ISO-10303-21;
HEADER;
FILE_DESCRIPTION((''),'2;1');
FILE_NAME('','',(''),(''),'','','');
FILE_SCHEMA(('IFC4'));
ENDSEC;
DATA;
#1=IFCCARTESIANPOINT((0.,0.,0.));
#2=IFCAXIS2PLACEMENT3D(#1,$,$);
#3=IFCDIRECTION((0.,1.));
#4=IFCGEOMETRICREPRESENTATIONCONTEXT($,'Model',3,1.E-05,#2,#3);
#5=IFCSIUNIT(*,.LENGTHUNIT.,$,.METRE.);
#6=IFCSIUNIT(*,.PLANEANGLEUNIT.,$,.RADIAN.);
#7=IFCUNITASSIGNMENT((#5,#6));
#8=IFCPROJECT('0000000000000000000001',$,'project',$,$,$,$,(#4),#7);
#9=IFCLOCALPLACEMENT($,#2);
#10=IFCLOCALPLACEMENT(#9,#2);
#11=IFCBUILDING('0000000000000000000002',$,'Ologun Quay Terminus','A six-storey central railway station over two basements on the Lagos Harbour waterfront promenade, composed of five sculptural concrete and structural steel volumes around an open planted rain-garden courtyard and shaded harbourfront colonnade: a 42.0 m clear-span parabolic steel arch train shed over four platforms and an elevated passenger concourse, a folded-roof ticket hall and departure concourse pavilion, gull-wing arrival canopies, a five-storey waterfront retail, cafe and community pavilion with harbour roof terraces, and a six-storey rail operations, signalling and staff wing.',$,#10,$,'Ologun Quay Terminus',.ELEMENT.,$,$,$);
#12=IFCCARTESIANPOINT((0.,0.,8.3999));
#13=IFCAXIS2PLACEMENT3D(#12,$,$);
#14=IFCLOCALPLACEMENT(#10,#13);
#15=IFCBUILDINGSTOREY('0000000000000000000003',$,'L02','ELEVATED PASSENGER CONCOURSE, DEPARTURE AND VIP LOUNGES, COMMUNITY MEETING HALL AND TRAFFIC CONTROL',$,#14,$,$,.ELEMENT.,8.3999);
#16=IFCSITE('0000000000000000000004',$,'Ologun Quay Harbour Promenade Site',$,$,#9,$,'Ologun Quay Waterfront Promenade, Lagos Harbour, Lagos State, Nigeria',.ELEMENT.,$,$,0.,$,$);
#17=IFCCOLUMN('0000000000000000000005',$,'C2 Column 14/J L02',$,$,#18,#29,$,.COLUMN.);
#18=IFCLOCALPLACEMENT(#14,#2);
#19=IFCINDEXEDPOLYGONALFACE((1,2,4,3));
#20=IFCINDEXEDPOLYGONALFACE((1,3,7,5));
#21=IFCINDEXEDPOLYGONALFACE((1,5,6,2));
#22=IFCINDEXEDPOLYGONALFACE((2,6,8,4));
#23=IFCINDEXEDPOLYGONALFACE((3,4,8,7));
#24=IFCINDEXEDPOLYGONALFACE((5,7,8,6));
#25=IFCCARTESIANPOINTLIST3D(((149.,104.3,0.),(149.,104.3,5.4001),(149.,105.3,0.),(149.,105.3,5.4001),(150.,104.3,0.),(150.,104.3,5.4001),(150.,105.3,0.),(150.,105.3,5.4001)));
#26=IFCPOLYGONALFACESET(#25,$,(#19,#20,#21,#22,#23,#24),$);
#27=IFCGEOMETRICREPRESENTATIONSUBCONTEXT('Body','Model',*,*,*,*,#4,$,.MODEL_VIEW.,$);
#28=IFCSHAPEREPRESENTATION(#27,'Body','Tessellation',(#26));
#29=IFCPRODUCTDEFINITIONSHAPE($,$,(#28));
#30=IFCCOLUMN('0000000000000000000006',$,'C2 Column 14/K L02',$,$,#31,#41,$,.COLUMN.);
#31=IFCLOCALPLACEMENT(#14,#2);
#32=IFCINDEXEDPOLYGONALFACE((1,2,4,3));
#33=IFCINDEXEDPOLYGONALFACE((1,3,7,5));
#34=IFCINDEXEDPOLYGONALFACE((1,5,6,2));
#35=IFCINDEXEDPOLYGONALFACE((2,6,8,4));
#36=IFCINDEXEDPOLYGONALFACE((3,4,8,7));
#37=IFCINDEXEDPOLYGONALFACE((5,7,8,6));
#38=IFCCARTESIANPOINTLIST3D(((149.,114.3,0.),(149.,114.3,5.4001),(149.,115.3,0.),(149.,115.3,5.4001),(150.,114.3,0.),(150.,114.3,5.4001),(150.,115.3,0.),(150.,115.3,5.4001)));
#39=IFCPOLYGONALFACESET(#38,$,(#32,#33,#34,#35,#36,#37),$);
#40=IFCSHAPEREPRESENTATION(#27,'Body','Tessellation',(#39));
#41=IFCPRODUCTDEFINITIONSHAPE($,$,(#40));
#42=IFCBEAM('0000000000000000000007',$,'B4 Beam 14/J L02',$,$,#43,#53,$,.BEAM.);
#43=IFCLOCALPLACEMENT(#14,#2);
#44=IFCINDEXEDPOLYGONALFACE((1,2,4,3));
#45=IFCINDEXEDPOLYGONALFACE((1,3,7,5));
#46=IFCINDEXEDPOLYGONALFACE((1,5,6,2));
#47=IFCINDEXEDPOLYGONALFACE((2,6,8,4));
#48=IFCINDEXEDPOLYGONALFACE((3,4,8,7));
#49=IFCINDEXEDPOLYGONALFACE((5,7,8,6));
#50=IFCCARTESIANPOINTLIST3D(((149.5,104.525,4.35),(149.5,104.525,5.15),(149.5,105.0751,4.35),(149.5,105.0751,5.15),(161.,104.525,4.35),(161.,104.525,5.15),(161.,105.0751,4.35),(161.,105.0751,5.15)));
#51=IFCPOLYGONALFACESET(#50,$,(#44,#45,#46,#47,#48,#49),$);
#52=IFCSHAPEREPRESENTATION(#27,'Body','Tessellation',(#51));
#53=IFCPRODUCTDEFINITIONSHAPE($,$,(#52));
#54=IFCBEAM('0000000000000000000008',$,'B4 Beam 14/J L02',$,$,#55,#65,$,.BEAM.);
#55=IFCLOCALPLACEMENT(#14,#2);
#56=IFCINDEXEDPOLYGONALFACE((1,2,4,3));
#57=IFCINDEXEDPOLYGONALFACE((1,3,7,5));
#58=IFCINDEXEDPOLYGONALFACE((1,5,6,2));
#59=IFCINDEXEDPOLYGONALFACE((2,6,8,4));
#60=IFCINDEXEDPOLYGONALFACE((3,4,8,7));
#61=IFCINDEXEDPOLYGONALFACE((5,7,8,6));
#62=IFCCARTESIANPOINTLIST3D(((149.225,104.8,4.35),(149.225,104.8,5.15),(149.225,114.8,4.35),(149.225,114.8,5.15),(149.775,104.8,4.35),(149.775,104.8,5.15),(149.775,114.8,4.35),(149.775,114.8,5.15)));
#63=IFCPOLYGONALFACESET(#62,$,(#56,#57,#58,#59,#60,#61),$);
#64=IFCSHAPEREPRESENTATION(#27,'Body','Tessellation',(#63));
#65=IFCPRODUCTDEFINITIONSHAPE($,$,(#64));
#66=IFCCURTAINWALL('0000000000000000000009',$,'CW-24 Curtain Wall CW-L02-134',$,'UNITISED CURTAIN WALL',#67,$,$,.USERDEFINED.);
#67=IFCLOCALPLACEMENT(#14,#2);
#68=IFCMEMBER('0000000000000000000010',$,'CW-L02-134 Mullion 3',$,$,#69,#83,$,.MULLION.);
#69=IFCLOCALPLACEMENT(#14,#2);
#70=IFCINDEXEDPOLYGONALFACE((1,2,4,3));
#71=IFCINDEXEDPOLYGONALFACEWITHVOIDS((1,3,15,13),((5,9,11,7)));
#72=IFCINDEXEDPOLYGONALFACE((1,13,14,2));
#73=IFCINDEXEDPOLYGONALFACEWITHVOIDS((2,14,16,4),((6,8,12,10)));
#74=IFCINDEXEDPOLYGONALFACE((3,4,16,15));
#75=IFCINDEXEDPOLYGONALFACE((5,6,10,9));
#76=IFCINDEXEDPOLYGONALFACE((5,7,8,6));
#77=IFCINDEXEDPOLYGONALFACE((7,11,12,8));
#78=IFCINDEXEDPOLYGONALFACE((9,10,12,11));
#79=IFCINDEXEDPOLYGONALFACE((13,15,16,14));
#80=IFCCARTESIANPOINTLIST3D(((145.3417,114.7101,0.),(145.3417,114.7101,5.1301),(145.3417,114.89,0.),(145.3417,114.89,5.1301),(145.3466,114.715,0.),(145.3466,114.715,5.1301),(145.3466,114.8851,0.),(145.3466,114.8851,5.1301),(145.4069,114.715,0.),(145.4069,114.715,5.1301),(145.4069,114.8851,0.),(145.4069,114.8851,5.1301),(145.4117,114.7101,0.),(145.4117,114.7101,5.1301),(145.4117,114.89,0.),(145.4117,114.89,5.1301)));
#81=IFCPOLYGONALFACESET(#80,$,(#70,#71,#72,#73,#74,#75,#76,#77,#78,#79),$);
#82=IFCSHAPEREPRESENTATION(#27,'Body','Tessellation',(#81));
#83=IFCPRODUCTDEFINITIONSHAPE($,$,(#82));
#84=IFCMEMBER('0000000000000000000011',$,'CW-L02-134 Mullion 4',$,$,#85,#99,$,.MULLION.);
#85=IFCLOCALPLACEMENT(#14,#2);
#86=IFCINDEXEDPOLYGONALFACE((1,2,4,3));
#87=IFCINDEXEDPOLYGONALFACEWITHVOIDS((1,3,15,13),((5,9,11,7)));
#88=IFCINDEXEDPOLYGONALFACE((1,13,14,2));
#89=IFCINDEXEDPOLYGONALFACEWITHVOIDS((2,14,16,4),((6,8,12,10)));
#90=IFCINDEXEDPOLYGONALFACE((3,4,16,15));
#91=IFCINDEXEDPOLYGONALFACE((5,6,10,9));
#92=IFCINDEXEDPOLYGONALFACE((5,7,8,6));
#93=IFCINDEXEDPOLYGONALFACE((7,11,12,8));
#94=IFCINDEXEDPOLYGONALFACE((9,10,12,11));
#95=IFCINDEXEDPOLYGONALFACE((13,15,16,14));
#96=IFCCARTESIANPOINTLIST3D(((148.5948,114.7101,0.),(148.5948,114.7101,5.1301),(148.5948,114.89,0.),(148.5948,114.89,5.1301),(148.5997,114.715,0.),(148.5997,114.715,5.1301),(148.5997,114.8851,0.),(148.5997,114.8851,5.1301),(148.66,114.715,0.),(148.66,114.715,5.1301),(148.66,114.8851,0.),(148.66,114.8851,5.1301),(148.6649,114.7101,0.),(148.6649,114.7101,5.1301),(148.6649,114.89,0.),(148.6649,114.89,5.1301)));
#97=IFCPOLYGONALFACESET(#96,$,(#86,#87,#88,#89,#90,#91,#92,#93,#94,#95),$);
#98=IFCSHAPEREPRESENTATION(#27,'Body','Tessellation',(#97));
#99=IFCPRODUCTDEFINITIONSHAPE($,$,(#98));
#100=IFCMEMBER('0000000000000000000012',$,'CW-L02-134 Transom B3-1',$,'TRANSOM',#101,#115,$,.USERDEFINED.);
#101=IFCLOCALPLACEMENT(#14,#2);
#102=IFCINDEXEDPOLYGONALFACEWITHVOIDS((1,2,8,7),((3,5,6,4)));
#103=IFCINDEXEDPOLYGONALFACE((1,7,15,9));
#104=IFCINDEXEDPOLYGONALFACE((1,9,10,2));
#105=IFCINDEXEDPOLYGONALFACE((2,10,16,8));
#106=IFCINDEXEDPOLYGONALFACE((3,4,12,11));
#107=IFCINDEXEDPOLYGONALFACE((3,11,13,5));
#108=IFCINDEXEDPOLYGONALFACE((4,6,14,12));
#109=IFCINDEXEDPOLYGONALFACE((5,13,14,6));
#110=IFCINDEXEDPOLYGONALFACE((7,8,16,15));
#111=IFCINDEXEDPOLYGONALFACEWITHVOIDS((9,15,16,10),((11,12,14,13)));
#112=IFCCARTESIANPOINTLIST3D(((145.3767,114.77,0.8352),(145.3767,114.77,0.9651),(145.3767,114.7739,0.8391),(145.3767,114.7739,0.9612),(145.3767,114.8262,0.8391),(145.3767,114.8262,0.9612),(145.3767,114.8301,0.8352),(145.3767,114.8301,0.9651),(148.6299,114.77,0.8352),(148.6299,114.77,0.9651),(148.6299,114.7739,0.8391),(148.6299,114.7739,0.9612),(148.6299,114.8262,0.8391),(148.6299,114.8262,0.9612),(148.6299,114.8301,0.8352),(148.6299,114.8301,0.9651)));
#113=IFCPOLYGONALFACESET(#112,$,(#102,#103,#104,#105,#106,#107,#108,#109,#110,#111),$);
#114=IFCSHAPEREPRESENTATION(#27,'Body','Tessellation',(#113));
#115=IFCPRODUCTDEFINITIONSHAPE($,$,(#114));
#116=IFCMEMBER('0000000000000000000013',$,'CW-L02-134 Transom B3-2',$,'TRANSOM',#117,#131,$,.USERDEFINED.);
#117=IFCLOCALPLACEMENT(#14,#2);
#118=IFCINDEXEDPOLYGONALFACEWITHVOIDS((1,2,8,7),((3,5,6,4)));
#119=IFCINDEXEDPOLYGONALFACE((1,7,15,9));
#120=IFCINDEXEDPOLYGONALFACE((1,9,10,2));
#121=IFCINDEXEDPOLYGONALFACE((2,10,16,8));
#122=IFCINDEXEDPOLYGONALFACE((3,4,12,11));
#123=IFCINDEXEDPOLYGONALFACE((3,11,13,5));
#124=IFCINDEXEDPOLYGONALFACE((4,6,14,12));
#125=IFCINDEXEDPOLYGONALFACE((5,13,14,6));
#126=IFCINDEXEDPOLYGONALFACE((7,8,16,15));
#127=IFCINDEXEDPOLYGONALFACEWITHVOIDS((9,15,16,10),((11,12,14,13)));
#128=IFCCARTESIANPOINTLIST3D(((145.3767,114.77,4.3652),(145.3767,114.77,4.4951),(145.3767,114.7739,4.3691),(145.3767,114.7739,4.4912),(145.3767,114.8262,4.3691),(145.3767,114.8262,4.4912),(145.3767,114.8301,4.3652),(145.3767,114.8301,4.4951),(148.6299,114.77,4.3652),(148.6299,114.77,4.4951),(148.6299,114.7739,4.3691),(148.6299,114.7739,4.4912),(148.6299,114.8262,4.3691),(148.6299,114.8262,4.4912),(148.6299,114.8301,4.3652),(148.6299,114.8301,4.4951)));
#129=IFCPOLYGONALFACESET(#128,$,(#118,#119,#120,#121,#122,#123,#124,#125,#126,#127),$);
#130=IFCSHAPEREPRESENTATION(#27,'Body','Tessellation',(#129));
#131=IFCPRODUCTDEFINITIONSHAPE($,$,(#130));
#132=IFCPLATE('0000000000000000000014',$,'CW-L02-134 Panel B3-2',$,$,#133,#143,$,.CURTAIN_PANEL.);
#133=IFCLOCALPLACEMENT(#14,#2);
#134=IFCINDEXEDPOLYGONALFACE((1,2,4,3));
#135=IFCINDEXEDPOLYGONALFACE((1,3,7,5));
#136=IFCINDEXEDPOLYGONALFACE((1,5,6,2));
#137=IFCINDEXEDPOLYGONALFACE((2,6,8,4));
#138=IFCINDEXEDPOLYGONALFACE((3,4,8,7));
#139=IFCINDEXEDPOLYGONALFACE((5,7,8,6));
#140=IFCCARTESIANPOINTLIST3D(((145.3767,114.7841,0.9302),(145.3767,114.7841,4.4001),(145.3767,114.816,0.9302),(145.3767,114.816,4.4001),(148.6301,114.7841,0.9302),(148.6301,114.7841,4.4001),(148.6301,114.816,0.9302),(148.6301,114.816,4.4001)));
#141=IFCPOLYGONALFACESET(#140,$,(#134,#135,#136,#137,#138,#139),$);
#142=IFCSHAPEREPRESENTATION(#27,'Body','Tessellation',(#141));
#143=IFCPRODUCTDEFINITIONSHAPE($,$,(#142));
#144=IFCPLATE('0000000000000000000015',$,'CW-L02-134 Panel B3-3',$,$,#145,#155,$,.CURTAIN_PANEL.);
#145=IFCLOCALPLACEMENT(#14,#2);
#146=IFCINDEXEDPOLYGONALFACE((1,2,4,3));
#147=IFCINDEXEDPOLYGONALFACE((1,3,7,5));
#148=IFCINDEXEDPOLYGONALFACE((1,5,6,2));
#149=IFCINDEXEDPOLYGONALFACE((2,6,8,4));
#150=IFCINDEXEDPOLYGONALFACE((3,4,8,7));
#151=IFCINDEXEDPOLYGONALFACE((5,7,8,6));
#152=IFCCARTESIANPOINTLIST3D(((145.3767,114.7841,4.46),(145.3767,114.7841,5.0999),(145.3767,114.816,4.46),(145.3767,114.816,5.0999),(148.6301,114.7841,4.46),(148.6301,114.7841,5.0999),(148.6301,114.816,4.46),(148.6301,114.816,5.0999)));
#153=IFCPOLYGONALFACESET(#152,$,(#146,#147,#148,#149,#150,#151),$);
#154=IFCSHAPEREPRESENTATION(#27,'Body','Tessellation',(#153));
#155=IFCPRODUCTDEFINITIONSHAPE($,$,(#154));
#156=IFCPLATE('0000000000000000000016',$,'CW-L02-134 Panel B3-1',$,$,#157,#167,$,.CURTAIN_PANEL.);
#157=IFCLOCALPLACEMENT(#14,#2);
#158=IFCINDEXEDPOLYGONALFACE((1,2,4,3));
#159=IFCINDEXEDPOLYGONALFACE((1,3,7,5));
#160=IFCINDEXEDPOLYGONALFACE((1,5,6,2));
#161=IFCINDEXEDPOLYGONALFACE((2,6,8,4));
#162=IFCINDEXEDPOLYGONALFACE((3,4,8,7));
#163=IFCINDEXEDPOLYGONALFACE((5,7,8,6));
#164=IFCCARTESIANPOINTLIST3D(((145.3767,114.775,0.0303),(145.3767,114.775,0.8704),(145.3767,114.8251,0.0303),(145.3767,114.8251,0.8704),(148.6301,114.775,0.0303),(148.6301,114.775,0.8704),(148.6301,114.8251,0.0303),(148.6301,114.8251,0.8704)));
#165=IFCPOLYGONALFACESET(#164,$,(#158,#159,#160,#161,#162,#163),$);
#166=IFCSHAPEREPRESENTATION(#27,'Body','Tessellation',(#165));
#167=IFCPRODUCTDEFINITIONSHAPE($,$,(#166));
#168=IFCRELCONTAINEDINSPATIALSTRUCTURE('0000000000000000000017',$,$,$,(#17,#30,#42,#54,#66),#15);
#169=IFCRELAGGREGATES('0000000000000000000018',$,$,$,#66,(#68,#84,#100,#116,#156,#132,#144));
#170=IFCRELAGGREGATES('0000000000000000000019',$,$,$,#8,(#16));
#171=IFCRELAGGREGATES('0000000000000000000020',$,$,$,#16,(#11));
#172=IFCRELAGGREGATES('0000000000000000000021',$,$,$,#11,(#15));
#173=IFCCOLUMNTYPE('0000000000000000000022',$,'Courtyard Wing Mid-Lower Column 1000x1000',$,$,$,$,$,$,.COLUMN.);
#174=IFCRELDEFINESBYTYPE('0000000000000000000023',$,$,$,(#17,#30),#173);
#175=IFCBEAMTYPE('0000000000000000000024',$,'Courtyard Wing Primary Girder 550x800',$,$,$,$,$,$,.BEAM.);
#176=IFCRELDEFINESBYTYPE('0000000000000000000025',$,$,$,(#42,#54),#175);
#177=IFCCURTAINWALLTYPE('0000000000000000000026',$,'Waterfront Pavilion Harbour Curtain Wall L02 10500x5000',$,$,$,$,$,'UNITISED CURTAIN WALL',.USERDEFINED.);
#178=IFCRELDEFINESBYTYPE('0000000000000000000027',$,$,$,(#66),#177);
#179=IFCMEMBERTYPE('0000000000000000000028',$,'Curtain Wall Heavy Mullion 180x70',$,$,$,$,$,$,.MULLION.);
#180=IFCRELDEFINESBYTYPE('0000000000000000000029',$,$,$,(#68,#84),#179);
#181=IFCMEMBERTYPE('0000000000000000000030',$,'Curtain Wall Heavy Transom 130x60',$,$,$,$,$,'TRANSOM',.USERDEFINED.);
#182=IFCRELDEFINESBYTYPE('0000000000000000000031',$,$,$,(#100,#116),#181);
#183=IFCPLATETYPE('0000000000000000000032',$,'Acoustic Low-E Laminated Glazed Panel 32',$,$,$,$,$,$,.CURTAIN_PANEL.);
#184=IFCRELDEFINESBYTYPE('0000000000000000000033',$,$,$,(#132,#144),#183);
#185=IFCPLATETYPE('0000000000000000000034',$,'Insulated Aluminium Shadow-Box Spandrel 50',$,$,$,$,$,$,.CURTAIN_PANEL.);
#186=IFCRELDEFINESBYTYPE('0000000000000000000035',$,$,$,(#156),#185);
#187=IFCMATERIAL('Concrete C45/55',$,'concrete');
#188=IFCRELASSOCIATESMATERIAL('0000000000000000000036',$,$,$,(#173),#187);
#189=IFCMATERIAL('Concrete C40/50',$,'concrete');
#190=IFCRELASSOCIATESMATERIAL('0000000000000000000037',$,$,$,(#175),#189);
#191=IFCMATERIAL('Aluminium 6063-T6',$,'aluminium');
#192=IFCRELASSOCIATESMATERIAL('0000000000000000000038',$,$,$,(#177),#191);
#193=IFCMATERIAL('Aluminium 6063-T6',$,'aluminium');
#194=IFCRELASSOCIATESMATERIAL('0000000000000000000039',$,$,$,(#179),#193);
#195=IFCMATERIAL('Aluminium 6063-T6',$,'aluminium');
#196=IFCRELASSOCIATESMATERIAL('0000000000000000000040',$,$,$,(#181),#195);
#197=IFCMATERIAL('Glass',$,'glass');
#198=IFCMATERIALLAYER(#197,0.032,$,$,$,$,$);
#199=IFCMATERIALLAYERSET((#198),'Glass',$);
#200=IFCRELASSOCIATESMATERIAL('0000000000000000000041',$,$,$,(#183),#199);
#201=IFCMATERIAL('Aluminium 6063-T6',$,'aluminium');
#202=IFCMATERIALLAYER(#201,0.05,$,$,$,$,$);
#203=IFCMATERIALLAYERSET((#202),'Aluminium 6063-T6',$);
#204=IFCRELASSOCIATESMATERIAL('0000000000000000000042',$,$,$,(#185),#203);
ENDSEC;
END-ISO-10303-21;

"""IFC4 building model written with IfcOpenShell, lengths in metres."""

from ifc_helpers import new_model, si_unit, direction, frame, origin, origin_2d, place, context, subcontext, project, spatial, rectangle, hollow_rectangle, extrude, material, layer, layer_set, material_profile, profile_set, type_object, element, aggregate, save


model = new_model("IFC4")

# Units and contexts
model_context = context("Model", 3, precision=1e-05, world=origin(), true_north=direction((0.0, 1.0)))
body_context = subcontext(model_context, "Body", "Model", "MODEL_VIEW")
ifc_project = project(units=[si_unit("LENGTHUNIT", "METRE"), si_unit("PLANEANGLEUNIT", "RADIAN")], contexts=[model_context])

# Site, building, storey
site_placement = place(None, origin())
site = spatial("IfcSite", under=ifc_project, at=site_placement, Name="Ologun Quay Harbour Promenade Site", LongName="Ologun Quay Waterfront Promenade, Lagos Harbour, Lagos State, Nigeria", CompositionType="ELEMENT", RefElevation=0.0)
building_placement = place(site_placement, origin())
building = spatial("IfcBuilding", under=site, at=building_placement, Name="Ologun Quay Terminus", Description="A six-storey central railway station over two basements on the Lagos Harbour waterfront promenade, composed of five sculptural concrete and structural steel volumes around an open planted rain-garden courtyard and shaded harbourfront colonnade: a 42.0 m clear-span parabolic steel arch train shed over four platforms and an elevated passenger concourse, a folded-roof ticket hall and departure concourse pavilion, gull-wing arrival canopies, a five-storey waterfront retail, cafe and community pavilion with harbour roof terraces, and a six-storey rail operations, signalling and staff wing.", LongName="Ologun Quay Terminus", CompositionType="ELEMENT")
storey_placement = place(building_placement, frame((0.0, 0.0, 8.3999)))
storey = spatial("IfcBuildingStorey", under=building, at=storey_placement, Name="L02", Description="ELEVATED PASSENGER CONCOURSE, DEPARTURE AND VIP LOUNGES, COMMUNITY MEETING HALL AND TRAFFIC CONTROL", CompositionType="ELEMENT", Elevation=8.3999)

# Columns
ifc_material_1 = material(Name="Concrete C45/55", Category="concrete")
ifc_material_profile_1 = material_profile(ifc_material_1, rectangle(XDim=1.0, YDim=1.0, at=origin_2d()), Name="RC 1000x1000")
ifc_profile_set_1 = profile_set([ifc_material_profile_1], Name="Concrete C45/55")
column_type = type_object("IfcColumnType", Name="Courtyard Wing Mid-Lower Column 1000x1000", PredefinedType="COLUMN", material=ifc_profile_set_1)
for number, where, z_axis, x_axis, name in (
    (1, (149.5, 104.8, 0.0), (0.0, 0.0, 1.0), (1.0, 0.0, 0.0), "C2 Column 14/J L02"),
    (2, (149.5, 114.8, 0.0), (0.0, 0.0, 1.0), (1.0, 0.0, 0.0), "C2 Column 14/K L02"),
):
    element("IfcColumn", number, at=place(storey_placement, frame(where, z_axis=z_axis, x_axis=x_axis)), inside=storey, type_object=column_type, Name=name, PredefinedType="COLUMN", context=body_context, shape_type="SweptSolid", body=[
        extrude(rectangle(XDim=1.0, YDim=1.0, at=origin_2d()), origin(), (0.0, 0.0, 1.0), 5.4001),
    ])

# Beams
ifc_material_2 = material(Name="Concrete C40/50", Category="concrete")
ifc_material_profile_2 = material_profile(ifc_material_2, rectangle(XDim=0.55, YDim=0.8, at=origin_2d()), Name="RC 550x800")
ifc_profile_set_2 = profile_set([ifc_material_profile_2], Name="Concrete C40/50")
beam_type = type_object("IfcBeamType", Name="Courtyard Wing Primary Girder 550x800", PredefinedType="BEAM", material=ifc_profile_set_2)
beam_1_placement = place(storey_placement, frame((149.5, 104.8, 4.75), z_axis=(1.0, 0.0, 0.0), x_axis=(0.0, 1.0, 0.0)))
element("IfcBeam", 3, at=beam_1_placement, inside=storey, type_object=beam_type, Name="B4 Beam 14/J L02", PredefinedType="BEAM", context=body_context, shape_type="SweptSolid", body=[
    extrude(rectangle(XDim=0.55, YDim=0.8, at=origin_2d()), origin(), (0.0, 0.0, 1.0), 11.5),
])
beam_2_placement = place(storey_placement, frame((149.5, 104.8, 4.75), z_axis=(0.0, 1.0, 0.0), x_axis=(-1.0, 0.0, 0.0)))
element("IfcBeam", 4, at=beam_2_placement, inside=storey, type_object=beam_type, Name="B4 Beam 14/J L02", PredefinedType="BEAM", context=body_context, shape_type="SweptSolid", body=[
    extrude(rectangle(XDim=0.55, YDim=0.8, at=origin_2d()), origin(), (0.0, 0.0, 1.0), 10.0),
])

# Curtain wall, members, plates
ifc_material_3 = material(Name="Aluminium 6063-T6", Category="aluminium")
curtain_wall_type = type_object("IfcCurtainWallType", Name="Waterfront Pavilion Harbour Curtain Wall L02 10500x5000", ElementType="UNITISED CURTAIN WALL", PredefinedType="USERDEFINED", material=ifc_material_3)
curtain_wall_placement = place(storey_placement, origin())
curtain_wall = element("IfcCurtainWall", 5, at=curtain_wall_placement, inside=storey, type_object=curtain_wall_type, Name="CW-24 Curtain Wall CW-L02-134", ObjectType="UNITISED CURTAIN WALL", PredefinedType="USERDEFINED")
ifc_material_4 = material(Name="Aluminium 6063-T6", Category="aluminium")
ifc_material_profile_3 = material_profile(ifc_material_4, hollow_rectangle(XDim=0.0701, YDim=0.1799, WallThickness=0.0049, at=origin_2d()), Name="ALU 180x70x5")
ifc_profile_set_3 = profile_set([ifc_material_profile_3], Name="Aluminium 6063-T6")
member_type_1 = type_object("IfcMemberType", Name="Curtain Wall Heavy Mullion 180x70", PredefinedType="MULLION", material=ifc_profile_set_3)
member_1_placement = place(storey_placement, frame((145.3767, 114.8, 0.0), z_axis=(0.0, 0.0, 1.0), x_axis=(1.0, 0.0, 0.0)))
member_1 = element("IfcMember", 6, at=member_1_placement, type_object=member_type_1, Name="CW-L02-134 Mullion 3", PredefinedType="MULLION", context=body_context, shape_type="SweptSolid", body=[
    extrude(hollow_rectangle(XDim=0.0701, YDim=0.1799, WallThickness=0.0049, at=origin_2d()), origin(), (0.0, 0.0, 1.0), 5.1301),
])
member_2_placement = place(storey_placement, frame((148.6299, 114.8, 0.0), z_axis=(0.0, 0.0, 1.0), x_axis=(1.0, 0.0, 0.0)))
member_2 = element("IfcMember", 7, at=member_2_placement, type_object=member_type_1, Name="CW-L02-134 Mullion 4", PredefinedType="MULLION", context=body_context, shape_type="SweptSolid", body=[
    extrude(hollow_rectangle(XDim=0.0701, YDim=0.1799, WallThickness=0.0049, at=origin_2d()), origin(), (0.0, 0.0, 1.0), 5.1301),
])
ifc_material_5 = material(Name="Aluminium 6063-T6", Category="aluminium")
ifc_material_profile_4 = material_profile(ifc_material_5, hollow_rectangle(XDim=0.0601, YDim=0.1299, WallThickness=0.0039, at=origin_2d()), Name="ALU 130x60x4")
ifc_profile_set_4 = profile_set([ifc_material_profile_4], Name="Aluminium 6063-T6")
member_type_2 = type_object("IfcMemberType", Name="Curtain Wall Heavy Transom 130x60", ElementType="TRANSOM", PredefinedType="USERDEFINED", material=ifc_profile_set_4)
member_3_placement = place(storey_placement, frame((145.3767, 114.8, 0.9001), z_axis=(1.0, 0.0, 0.0), x_axis=(0.0, 1.0, 0.0)))
member_3 = element("IfcMember", 8, at=member_3_placement, type_object=member_type_2, Name="CW-L02-134 Transom B3-1", ObjectType="TRANSOM", PredefinedType="USERDEFINED", context=body_context, shape_type="SweptSolid", body=[
    extrude(hollow_rectangle(XDim=0.0601, YDim=0.1299, WallThickness=0.0039, at=origin_2d()), origin(), (0.0, 0.0, 1.0), 3.2532),
])
member_4_placement = place(storey_placement, frame((145.3767, 114.8, 4.4302), z_axis=(1.0, 0.0, 0.0), x_axis=(0.0, 1.0, 0.0)))
member_4 = element("IfcMember", 9, at=member_4_placement, type_object=member_type_2, Name="CW-L02-134 Transom B3-2", ObjectType="TRANSOM", PredefinedType="USERDEFINED", context=body_context, shape_type="SweptSolid", body=[
    extrude(hollow_rectangle(XDim=0.0601, YDim=0.1299, WallThickness=0.0039, at=origin_2d()), origin(), (0.0, 0.0, 1.0), 3.2532),
])
ifc_material_6 = material(Name="Glass", Category="glass")
ifc_layer_1 = layer(ifc_material_6, 0.032)
ifc_layer_set_1 = layer_set([ifc_layer_1], Name="Glass")
plate_type_1 = type_object("IfcPlateType", Name="Acoustic Low-E Laminated Glazed Panel 32", PredefinedType="CURTAIN_PANEL", material=ifc_layer_set_1)
plate_1_placement = place(storey_placement, frame((147.0034, 114.8, 0.9302), z_axis=(0.0, 0.0, 1.0), x_axis=(1.0, 0.0, 0.0)))
plate_1 = element("IfcPlate", 10, at=plate_1_placement, type_object=plate_type_1, Name="CW-L02-134 Panel B3-2", PredefinedType="CURTAIN_PANEL", context=body_context, shape_type="SweptSolid", body=[
    extrude(rectangle(XDim=3.2534, YDim=0.032, at=origin_2d()), origin(), (0.0, 0.0, 1.0), 3.47),
])
plate_2_placement = place(storey_placement, frame((147.0034, 114.8, 4.46), z_axis=(0.0, 0.0, 1.0), x_axis=(1.0, 0.0, 0.0)))
plate_2 = element("IfcPlate", 11, at=plate_2_placement, type_object=plate_type_1, Name="CW-L02-134 Panel B3-3", PredefinedType="CURTAIN_PANEL", context=body_context, shape_type="SweptSolid", body=[
    extrude(rectangle(XDim=3.2534, YDim=0.032, at=origin_2d()), origin(), (0.0, 0.0, 1.0), 0.6399),
])
ifc_material_7 = material(Name="Aluminium 6063-T6", Category="aluminium")
ifc_layer_2 = layer(ifc_material_7, 0.05)
ifc_layer_set_2 = layer_set([ifc_layer_2], Name="Aluminium 6063-T6")
plate_type_2 = type_object("IfcPlateType", Name="Insulated Aluminium Shadow-Box Spandrel 50", PredefinedType="CURTAIN_PANEL", material=ifc_layer_set_2)
plate_3_placement = place(storey_placement, frame((147.0034, 114.8, 0.0303), z_axis=(0.0, 0.0, 1.0), x_axis=(1.0, 0.0, 0.0)))
plate_3 = element("IfcPlate", 12, at=plate_3_placement, type_object=plate_type_2, Name="CW-L02-134 Panel B3-1", PredefinedType="CURTAIN_PANEL", context=body_context, shape_type="SweptSolid", body=[
    extrude(rectangle(XDim=3.2534, YDim=0.05, at=origin_2d()), origin(), (0.0, 0.0, 1.0), 0.8401),
])
aggregate(curtain_wall, [member_1, member_2, member_3, member_4, plate_3, plate_1, plate_2])

save(model, "model.ifc")
